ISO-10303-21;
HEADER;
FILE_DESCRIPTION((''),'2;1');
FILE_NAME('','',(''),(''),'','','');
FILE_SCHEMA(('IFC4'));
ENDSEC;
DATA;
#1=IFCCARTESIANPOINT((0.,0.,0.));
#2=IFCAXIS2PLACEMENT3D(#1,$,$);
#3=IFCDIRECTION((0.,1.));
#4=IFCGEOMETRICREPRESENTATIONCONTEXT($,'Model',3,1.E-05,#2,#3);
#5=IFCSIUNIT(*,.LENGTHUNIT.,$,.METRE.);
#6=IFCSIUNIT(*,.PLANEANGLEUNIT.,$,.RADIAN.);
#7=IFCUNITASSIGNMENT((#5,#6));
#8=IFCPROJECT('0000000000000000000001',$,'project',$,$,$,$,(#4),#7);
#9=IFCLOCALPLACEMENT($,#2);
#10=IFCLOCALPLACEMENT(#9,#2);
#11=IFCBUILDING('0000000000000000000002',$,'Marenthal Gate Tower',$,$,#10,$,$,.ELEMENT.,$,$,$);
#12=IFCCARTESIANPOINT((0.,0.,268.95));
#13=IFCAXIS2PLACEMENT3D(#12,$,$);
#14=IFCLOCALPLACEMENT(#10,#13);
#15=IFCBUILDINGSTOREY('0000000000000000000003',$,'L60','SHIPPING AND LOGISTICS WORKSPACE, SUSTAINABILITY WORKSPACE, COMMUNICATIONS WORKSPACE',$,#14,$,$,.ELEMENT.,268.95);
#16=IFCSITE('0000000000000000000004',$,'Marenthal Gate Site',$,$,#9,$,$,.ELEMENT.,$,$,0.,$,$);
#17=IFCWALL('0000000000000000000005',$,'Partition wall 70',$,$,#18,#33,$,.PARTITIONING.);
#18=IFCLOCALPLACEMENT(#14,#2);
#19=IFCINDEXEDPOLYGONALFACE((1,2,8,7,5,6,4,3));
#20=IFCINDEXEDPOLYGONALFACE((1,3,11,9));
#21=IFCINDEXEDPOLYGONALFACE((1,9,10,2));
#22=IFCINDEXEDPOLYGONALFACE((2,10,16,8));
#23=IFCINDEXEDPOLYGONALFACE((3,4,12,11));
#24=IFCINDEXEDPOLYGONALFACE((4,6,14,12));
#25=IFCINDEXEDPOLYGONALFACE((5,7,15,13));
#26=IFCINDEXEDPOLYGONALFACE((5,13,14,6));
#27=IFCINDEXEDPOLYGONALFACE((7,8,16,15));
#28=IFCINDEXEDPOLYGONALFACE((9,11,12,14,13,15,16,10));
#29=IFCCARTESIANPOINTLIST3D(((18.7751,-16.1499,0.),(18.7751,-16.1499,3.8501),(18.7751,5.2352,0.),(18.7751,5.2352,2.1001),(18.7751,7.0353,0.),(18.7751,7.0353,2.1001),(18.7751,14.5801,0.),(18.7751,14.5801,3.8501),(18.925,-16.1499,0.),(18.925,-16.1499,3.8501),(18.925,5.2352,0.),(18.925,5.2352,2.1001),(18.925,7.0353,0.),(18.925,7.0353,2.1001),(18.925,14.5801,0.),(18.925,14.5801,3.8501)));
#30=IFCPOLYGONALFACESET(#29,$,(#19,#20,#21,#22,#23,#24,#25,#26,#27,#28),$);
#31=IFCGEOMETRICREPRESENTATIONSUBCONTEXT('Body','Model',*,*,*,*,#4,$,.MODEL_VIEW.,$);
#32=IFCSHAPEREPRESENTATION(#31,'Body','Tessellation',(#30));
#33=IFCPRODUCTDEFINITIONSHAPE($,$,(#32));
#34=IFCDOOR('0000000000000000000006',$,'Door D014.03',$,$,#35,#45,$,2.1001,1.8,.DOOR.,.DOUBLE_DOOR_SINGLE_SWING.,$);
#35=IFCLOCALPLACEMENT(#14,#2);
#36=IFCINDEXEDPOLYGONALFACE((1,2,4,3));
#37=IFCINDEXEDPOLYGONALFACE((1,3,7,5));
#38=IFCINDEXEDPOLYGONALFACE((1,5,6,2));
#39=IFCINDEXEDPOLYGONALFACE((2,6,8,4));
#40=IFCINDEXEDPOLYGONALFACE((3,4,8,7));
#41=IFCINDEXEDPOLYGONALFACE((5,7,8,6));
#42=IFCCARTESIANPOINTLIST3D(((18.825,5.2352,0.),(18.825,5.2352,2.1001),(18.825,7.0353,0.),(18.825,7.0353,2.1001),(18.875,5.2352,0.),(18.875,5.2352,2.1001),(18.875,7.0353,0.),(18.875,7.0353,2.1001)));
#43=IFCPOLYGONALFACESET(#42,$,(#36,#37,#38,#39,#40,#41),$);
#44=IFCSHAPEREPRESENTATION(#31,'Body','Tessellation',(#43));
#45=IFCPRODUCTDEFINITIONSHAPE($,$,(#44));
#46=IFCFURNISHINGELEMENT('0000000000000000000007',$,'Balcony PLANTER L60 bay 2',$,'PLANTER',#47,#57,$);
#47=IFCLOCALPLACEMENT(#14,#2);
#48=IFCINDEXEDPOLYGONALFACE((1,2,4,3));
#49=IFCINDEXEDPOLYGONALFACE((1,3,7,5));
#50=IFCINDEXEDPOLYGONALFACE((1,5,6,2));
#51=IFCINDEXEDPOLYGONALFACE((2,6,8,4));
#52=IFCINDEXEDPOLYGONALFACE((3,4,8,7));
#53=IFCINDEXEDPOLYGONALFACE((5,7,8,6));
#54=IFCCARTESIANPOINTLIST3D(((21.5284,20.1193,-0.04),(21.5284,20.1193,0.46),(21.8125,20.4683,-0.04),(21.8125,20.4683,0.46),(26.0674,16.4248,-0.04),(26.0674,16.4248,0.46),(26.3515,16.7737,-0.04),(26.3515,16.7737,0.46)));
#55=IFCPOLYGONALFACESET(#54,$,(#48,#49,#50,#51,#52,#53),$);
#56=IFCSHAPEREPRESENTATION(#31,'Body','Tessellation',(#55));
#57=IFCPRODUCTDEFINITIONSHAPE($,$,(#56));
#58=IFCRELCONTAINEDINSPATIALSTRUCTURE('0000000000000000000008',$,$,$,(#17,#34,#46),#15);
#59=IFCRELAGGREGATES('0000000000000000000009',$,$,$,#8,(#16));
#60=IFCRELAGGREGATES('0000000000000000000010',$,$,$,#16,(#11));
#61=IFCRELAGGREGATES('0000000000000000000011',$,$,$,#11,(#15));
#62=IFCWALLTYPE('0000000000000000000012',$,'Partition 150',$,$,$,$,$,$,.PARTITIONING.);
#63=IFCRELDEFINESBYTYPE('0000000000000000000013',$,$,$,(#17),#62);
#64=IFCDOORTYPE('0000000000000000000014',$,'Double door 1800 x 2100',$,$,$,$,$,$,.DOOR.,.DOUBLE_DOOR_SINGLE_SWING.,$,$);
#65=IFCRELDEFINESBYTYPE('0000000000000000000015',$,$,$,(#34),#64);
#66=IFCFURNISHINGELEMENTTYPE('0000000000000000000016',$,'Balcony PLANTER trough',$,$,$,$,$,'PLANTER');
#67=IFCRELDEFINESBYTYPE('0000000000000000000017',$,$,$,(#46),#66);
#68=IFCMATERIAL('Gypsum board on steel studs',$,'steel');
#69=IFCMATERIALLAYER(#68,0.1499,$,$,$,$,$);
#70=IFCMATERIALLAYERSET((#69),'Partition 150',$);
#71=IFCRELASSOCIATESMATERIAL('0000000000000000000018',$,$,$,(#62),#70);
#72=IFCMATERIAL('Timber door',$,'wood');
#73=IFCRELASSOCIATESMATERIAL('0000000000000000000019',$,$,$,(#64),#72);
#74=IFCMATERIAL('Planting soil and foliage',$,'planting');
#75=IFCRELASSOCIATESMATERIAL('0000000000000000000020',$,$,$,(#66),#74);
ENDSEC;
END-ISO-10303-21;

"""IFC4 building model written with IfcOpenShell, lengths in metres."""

from ifc_helpers import new_model, si_unit, direction, frame, frame_2d, origin, origin_2d, place, context, subcontext, project, spatial, rectangle, extrude, material, layer, layer_set, type_object, element, fill, save


model = new_model("IFC4")

# Units and contexts
model_context = context("Model", 3, precision=1e-05, world=origin(), true_north=direction((0.0, 1.0)))
body_context = subcontext(model_context, "Body", "Model", "MODEL_VIEW")
ifc_project = project(units=[si_unit("LENGTHUNIT", "METRE"), si_unit("PLANEANGLEUNIT", "RADIAN")], contexts=[model_context])

# Site, building, storey
site_placement = place(None, origin())
site = spatial("IfcSite", under=ifc_project, at=site_placement, Name="Marenthal Gate Site", CompositionType="ELEMENT", RefElevation=0.0)
building_placement = place(site_placement, origin())
building = spatial("IfcBuilding", under=site, at=building_placement, Name="Marenthal Gate Tower", CompositionType="ELEMENT")
storey_placement = place(building_placement, frame((0.0, 0.0, 268.95)))
storey = spatial("IfcBuildingStorey", under=building, at=storey_placement, Name="L60", Description="SHIPPING AND LOGISTICS WORKSPACE, SUSTAINABILITY WORKSPACE, COMMUNICATIONS WORKSPACE", CompositionType="ELEMENT", Elevation=268.95)

# Shared definitions
ifc_material_1 = material(Name="Gypsum board on steel studs", Category="steel")
ifc_layer_1 = layer(ifc_material_1, 0.1499)
ifc_layer_set_1 = layer_set([ifc_layer_1], Name="Partition 150")
wall_type_1 = type_object("IfcWallType", Name="Partition 150", PredefinedType="PARTITIONING", material=ifc_layer_set_1)

# Wall, opening, door
wall_1_placement = place(storey_placement, frame((18.8501, 14.5801, 0.0), z_axis=(0.0, 0.0, 1.0), x_axis=(0.0, -1.0, 0.0)))
wall_1 = element("IfcWall", 1, at=wall_1_placement, inside=storey, type_object=wall_type_1, Name="Partition wall 70", PredefinedType="PARTITIONING", context=body_context, shape_type="SweptSolid", body=[
    extrude(rectangle(XDim=30.73, YDim=0.1499, at=frame_2d((15.365, 0.0))), origin(), (0.0, 0.0, 1.0), 3.8501),
])
opening_1_placement = place(wall_1_placement, frame((7.5449, 0.0, 0.0)))
opening_1 = element("IfcOpeningElement", 2, at=opening_1_placement, cuts=wall_1, PredefinedType="OPENING", context=body_context, shape_type="SweptSolid", body=[
    extrude(rectangle(XDim=1.8, YDim=2.1001, at=frame_2d((0.8999, 1.05))), frame((0.0, 0.085, 0.0), z_axis=(0.0, -1.0, 0.0), x_axis=(1.0, 0.0, 0.0)), (0.0, 0.0, 1.0), 0.1699),
])
ifc_material_2 = material(Name="Timber door", Category="wood")
door_type_1 = type_object("IfcDoorType", Name="Double door 1800 x 2100", OperationType="DOUBLE_DOOR_SINGLE_SWING", PredefinedType="DOOR", material=ifc_material_2)
door_1_placement = place(opening_1_placement, origin())
door_1 = element("IfcDoor", 3, at=door_1_placement, inside=storey, type_object=door_type_1, Name="Door D014.03", OperationType="DOUBLE_DOOR_SINGLE_SWING", OverallHeight=2.1001, OverallWidth=1.8, PredefinedType="DOOR", context=body_context, shape_type="SweptSolid", body=[
    extrude(rectangle(XDim=1.8, YDim=2.1001, at=frame_2d((0.8999, 1.05))), frame((0.0, 0.0249, 0.0), z_axis=(0.0, -1.0, 0.0), x_axis=(1.0, 0.0, 0.0)), (0.0, 0.0, 1.0), 0.05),
])
fill(opening_1, door_1)

# Furnishing element
ifc_material_3 = material(Name="Planting soil and foliage", Category="planting")
furnishing_element_type = type_object("IfcFurnishingElementType", Name="Balcony PLANTER trough", ElementType="PLANTER", material=ifc_material_3)
furnishing_placement = place(storey_placement, frame((23.9399, 18.4465, -0.04), z_axis=(0.0, 0.0, 1.0), x_axis=(-0.775557, 0.631278, 0.0)))
element("IfcFurnishingElement", 4, at=furnishing_placement, inside=storey, type_object=furnishing_element_type, Name="Balcony PLANTER L60 bay 2", ObjectType="PLANTER", context=body_context, shape_type="SweptSolid", body=[
    extrude(rectangle(XDim=5.8525, YDim=0.45, at=origin_2d()), origin(), (0.0, 0.0, 1.0), 0.5),
])

save(model, "model.ifc")
